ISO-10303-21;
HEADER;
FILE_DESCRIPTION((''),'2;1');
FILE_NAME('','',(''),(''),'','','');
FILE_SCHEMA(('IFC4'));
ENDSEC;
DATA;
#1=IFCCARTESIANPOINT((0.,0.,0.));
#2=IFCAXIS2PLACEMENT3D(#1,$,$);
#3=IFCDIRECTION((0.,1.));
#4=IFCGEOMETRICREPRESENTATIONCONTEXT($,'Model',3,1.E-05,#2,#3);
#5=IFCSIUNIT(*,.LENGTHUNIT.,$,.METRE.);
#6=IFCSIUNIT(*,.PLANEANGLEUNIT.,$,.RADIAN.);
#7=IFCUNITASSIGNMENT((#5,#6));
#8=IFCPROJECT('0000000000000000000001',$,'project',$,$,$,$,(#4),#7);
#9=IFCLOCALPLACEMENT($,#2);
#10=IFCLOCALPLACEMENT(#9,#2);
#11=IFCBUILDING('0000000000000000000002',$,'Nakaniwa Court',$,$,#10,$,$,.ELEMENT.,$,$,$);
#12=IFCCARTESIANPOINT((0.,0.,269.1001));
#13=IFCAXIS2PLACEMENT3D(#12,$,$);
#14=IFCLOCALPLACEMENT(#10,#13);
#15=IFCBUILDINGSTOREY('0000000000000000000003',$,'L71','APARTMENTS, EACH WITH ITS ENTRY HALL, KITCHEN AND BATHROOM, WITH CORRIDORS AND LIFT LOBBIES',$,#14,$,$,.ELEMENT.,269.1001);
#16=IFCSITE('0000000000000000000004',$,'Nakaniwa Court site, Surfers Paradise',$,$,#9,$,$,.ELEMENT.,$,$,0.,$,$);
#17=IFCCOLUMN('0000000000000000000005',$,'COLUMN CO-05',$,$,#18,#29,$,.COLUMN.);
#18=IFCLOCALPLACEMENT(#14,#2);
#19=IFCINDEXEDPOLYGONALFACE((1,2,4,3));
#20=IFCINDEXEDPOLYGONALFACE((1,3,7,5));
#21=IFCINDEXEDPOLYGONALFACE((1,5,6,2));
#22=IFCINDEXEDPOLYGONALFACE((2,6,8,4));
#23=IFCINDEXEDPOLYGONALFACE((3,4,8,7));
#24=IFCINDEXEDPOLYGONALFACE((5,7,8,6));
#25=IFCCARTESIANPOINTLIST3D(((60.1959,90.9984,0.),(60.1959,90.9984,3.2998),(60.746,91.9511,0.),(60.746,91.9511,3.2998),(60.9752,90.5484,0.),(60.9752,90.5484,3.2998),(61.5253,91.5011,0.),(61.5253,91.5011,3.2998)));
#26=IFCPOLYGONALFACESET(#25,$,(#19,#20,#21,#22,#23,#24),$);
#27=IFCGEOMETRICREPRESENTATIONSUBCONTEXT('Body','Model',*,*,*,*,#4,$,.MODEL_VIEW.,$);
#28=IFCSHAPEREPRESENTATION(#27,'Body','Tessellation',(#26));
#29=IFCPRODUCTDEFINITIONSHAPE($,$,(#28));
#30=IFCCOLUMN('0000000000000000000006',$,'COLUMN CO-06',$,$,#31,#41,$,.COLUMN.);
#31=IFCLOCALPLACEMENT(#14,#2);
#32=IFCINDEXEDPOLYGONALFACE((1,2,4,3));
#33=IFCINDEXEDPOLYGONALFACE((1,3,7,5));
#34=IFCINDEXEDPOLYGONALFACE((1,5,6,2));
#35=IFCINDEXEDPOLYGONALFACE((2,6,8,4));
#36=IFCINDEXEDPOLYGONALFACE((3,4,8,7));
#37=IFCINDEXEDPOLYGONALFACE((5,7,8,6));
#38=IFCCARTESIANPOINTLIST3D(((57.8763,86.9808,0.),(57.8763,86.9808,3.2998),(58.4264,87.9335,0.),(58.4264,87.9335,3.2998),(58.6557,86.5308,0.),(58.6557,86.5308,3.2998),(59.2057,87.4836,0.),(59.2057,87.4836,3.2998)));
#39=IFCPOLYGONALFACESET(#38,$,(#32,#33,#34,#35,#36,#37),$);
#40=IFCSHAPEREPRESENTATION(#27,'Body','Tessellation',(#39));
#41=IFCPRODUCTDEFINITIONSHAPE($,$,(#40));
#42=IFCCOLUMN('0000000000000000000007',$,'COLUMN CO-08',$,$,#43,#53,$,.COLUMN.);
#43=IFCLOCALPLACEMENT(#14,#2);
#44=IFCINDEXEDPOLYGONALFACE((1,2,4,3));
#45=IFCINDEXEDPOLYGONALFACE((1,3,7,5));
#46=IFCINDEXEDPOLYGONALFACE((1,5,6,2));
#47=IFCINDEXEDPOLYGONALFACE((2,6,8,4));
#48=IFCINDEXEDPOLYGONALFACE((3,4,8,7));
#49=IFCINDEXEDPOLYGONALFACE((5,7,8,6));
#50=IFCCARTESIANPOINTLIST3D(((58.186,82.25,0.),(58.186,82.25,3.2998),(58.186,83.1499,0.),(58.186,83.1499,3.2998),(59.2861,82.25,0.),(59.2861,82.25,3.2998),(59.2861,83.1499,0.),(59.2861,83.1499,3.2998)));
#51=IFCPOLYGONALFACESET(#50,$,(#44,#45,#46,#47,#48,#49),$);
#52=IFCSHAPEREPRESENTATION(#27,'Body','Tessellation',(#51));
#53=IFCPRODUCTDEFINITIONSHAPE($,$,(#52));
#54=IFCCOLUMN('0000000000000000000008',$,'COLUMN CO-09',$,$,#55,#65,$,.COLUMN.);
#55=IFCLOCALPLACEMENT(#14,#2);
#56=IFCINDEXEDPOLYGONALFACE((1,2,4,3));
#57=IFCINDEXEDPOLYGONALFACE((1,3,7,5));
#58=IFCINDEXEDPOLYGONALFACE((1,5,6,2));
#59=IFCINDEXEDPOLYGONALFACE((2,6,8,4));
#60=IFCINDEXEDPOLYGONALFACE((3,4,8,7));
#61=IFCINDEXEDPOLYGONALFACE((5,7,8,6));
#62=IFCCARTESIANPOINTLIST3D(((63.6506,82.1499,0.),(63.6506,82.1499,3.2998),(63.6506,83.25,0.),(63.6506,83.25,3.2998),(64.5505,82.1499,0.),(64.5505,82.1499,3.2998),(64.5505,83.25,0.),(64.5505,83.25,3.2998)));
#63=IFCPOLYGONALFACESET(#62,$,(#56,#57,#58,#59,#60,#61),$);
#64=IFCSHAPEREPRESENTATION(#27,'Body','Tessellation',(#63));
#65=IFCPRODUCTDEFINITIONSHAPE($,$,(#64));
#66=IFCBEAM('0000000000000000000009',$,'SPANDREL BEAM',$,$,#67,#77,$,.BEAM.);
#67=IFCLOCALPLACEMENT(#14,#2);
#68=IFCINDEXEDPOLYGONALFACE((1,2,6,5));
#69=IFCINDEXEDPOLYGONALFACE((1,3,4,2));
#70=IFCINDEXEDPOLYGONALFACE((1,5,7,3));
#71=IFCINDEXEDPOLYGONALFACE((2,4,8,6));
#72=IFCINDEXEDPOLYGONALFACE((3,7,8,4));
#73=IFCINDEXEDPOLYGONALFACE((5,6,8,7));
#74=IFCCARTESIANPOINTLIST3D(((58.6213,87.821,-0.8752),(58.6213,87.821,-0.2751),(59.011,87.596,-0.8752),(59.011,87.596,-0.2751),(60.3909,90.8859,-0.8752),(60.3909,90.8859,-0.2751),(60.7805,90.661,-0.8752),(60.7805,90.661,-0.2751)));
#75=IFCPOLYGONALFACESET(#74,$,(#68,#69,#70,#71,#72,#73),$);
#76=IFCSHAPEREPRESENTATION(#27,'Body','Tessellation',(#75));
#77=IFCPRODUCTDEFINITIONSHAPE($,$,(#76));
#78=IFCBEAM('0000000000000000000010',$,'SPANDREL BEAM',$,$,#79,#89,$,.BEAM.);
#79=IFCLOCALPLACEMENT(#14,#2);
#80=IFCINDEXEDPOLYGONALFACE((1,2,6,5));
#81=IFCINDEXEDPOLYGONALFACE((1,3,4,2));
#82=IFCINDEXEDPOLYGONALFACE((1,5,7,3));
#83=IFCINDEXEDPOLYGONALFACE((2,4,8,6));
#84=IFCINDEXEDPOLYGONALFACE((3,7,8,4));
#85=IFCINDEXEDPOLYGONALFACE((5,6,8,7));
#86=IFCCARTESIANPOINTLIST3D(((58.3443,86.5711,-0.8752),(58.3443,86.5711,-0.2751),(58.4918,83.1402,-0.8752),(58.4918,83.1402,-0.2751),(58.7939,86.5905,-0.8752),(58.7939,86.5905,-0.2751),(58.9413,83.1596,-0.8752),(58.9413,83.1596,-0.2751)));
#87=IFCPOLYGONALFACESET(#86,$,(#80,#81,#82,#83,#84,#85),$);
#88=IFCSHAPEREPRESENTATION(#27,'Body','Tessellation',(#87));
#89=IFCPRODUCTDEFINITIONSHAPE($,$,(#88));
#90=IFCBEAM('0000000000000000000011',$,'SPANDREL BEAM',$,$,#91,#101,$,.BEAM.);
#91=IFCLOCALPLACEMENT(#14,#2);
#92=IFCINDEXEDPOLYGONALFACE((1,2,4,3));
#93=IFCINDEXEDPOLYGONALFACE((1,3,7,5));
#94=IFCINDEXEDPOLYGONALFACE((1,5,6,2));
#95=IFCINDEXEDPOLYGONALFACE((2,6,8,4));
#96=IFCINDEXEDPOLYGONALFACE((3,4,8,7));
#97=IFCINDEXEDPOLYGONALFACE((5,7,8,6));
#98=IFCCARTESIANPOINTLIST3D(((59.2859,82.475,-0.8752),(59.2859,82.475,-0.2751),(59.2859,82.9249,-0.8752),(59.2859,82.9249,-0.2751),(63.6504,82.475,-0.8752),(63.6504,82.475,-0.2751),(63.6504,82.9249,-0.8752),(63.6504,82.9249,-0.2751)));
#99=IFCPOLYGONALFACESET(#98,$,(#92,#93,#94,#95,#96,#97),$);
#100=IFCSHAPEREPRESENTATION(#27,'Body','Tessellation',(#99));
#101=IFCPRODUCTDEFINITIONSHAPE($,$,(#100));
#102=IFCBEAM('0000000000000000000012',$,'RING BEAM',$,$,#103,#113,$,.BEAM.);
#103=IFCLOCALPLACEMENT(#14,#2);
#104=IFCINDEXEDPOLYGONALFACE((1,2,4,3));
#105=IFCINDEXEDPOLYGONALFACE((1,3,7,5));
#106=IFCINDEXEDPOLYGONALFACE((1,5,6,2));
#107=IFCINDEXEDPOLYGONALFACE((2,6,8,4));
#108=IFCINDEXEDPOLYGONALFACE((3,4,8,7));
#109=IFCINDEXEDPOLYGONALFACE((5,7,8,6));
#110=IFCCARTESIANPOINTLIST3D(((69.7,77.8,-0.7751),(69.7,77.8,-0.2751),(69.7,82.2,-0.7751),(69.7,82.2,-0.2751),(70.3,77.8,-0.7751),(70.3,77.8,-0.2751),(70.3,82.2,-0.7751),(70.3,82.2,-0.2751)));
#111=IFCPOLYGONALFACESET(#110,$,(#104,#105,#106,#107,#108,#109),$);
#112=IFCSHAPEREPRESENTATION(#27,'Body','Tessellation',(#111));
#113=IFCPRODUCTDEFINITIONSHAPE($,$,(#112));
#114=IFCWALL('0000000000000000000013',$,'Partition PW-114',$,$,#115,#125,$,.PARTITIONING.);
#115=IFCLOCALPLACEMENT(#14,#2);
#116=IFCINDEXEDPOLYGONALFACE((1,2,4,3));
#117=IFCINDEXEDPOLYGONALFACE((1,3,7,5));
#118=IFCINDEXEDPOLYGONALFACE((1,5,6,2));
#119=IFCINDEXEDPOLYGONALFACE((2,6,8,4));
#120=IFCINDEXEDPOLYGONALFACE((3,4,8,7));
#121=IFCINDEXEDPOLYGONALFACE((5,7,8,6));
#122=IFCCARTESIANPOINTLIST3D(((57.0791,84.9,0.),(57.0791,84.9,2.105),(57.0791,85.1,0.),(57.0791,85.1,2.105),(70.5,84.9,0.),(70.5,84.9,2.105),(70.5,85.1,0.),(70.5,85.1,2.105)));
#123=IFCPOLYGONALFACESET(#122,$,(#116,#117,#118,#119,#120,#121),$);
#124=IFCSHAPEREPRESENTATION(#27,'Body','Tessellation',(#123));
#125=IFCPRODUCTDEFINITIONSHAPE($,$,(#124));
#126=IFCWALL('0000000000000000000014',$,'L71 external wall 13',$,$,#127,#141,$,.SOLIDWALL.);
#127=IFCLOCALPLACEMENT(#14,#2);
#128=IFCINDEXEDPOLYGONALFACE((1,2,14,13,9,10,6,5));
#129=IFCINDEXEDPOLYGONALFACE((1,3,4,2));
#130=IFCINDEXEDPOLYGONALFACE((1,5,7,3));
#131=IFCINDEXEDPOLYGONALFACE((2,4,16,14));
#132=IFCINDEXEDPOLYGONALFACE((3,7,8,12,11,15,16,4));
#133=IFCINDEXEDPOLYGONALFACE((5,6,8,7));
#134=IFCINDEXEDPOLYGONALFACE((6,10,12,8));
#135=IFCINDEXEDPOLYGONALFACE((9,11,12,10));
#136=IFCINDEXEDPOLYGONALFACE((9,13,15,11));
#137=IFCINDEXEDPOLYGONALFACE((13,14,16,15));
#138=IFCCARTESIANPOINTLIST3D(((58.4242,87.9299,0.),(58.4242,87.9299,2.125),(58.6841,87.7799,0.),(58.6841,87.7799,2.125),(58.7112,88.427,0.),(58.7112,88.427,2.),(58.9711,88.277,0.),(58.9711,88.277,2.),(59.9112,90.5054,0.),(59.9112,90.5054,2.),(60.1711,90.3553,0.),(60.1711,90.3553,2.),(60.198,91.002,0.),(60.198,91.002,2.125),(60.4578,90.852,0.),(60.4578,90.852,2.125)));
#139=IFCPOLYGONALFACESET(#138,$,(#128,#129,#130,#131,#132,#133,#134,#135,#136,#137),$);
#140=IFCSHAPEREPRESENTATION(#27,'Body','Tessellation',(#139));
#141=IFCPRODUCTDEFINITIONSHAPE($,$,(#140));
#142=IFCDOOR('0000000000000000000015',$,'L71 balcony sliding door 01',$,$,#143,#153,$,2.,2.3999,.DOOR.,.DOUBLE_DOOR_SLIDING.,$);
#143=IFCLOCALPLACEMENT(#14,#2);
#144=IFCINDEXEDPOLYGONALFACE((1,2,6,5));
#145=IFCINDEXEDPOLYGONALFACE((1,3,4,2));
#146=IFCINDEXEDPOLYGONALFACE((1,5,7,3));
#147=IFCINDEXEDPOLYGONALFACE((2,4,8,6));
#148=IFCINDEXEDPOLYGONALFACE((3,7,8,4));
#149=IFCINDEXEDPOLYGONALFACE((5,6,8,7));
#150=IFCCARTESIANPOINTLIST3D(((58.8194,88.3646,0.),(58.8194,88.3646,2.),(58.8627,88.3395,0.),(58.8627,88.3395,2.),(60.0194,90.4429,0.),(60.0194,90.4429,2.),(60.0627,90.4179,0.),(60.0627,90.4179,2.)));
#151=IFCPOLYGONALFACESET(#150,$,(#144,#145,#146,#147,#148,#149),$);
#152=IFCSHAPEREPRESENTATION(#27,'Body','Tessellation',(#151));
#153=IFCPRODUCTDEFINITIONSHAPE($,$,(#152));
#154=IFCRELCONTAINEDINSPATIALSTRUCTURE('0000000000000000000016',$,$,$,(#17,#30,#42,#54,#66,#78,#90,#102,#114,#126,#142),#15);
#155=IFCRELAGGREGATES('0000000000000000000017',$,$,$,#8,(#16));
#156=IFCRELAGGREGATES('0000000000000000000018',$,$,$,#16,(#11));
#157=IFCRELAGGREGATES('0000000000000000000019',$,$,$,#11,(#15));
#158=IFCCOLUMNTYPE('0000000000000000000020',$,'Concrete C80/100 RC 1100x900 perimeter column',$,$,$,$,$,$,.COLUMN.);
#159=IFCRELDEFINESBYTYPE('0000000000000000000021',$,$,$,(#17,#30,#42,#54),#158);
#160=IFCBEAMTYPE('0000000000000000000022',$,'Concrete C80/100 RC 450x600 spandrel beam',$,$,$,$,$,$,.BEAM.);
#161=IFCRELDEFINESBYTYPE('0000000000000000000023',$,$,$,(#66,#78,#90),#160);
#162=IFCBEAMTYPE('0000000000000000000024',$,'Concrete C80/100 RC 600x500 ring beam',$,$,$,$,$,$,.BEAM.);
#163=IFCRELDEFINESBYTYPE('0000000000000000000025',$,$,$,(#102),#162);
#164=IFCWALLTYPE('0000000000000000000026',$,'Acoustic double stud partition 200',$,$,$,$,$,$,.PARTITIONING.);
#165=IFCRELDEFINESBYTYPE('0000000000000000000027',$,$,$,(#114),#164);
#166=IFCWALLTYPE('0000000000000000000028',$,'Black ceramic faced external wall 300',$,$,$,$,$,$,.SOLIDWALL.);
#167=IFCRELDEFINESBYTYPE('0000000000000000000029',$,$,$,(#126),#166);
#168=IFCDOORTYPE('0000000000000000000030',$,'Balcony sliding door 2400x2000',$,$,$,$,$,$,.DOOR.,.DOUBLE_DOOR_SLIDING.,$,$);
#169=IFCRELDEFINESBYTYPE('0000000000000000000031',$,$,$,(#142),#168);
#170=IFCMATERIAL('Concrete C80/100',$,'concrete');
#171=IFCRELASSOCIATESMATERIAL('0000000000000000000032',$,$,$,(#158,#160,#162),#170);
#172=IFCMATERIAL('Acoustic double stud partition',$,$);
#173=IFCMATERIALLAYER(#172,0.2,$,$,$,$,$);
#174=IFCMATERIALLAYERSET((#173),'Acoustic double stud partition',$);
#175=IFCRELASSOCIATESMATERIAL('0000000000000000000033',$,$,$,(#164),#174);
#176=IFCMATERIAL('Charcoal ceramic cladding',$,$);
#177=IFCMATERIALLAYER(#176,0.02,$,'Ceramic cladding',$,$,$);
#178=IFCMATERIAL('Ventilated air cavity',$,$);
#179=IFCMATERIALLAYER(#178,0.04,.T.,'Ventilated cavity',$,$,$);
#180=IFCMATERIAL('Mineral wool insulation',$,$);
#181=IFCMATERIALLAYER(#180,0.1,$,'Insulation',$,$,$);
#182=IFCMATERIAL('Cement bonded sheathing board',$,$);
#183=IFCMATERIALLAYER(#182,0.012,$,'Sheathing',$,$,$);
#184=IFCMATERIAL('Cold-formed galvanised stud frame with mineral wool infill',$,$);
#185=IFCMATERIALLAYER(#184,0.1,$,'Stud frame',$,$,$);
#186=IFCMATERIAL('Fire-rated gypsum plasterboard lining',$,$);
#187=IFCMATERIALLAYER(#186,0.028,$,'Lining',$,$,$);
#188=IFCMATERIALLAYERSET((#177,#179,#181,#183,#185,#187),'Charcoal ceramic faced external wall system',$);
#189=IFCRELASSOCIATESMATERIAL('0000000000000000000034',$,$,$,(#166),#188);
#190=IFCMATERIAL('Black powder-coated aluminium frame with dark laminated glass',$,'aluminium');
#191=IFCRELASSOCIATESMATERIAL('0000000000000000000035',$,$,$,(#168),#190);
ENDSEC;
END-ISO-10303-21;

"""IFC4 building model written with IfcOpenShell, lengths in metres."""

from ifc_helpers import new_model, si_unit, direction, frame, frame_2d, origin, origin_2d, place, context, subcontext, project, spatial, rectangle, extrude, material, layer, layer_set, material_profile, profile_set, type_object, element, fill, save


model = new_model("IFC4")

# Units and contexts
model_context = context("Model", 3, precision=1e-05, world=origin(), true_north=direction((0.0, 1.0)))
body_context = subcontext(model_context, "Body", "Model", "MODEL_VIEW")
ifc_project = project(units=[si_unit("LENGTHUNIT", "METRE"), si_unit("PLANEANGLEUNIT", "RADIAN")], contexts=[model_context])

# Site, building, storey
site_placement = place(None, origin())
site = spatial("IfcSite", under=ifc_project, at=site_placement, Name="Nakaniwa Court site, Surfers Paradise", CompositionType="ELEMENT", RefElevation=0.0)
building_placement = place(site_placement, origin())
building = spatial("IfcBuilding", under=site, at=building_placement, Name="Nakaniwa Court", CompositionType="ELEMENT")
storey_placement = place(building_placement, frame((0.0, 0.0, 269.1001)))
storey = spatial("IfcBuildingStorey", under=building, at=storey_placement, Name="L71", Description="APARTMENTS, EACH WITH ITS ENTRY HALL, KITCHEN AND BATHROOM, WITH CORRIDORS AND LIFT LOBBIES", CompositionType="ELEMENT", Elevation=269.1001)

# Columns
ifc_material_1 = material(Name="Concrete C80/100", Category="concrete")
ifc_material_profile_1 = material_profile(ifc_material_1, rectangle(XDim=1.1001, YDim=0.8999, at=origin_2d()), Name="Concrete C80/100 RC 1100x900 perimeter column")
ifc_profile_set_1 = profile_set([ifc_material_profile_1], Name="Concrete C80/100")
column_type = type_object("IfcColumnType", Name="Concrete C80/100 RC 1100x900 perimeter column", PredefinedType="COLUMN", material=ifc_profile_set_1)
for number, where, z_axis, x_axis, name in (
    (1, (60.8606, 91.2498, 0.0), (0.0, 0.0, 1.0), (-0.5, -0.866025, 0.0), "COLUMN CO-05"),
    (2, (58.541, 87.2322, 0.0), (0.0, 0.0, 1.0), (-0.5, -0.866025, 0.0), "COLUMN CO-06"),
    (3, (58.7361, 82.7, 0.0), (0.0, 0.0, 1.0), (1.0, 0.0, 0.0), "COLUMN CO-08"),
    (4, (64.1006, 82.7, 0.0), (0.0, 0.0, 1.0), (0.0, -1.0, 0.0), "COLUMN CO-09"),
):
    element("IfcColumn", number, at=place(storey_placement, frame(where, z_axis=z_axis, x_axis=x_axis)), inside=storey, type_object=column_type, Name=name, PredefinedType="COLUMN", context=body_context, shape_type="SweptSolid", body=[
        extrude(rectangle(XDim=1.1001, YDim=0.8999, at=origin_2d()), origin(), (0.0, 0.0, 1.0), 3.2998),
    ])

# Beams
ifc_material_profile_2 = material_profile(ifc_material_1, rectangle(XDim=0.45, YDim=0.6001, at=origin_2d()), Name="Concrete C80/100 RC 450x600 spandrel beam")
ifc_profile_set_2 = profile_set([ifc_material_profile_2], Name="Concrete C80/100")
beam_type_1 = type_object("IfcBeamType", Name="Concrete C80/100 RC 450x600 spandrel beam", PredefinedType="BEAM", material=ifc_profile_set_2)
beam_1_placement = place(storey_placement, frame((60.5857, 90.7734, -0.5752), z_axis=(-0.499997, -0.866027, 0.0), x_axis=(0.866027, -0.499997, 0.0)))
element("IfcBeam", 5, at=beam_1_placement, inside=storey, type_object=beam_type_1, Name="SPANDREL BEAM", PredefinedType="BEAM", context=body_context, shape_type="SweptSolid", body=[
    extrude(rectangle(XDim=0.45, YDim=0.6001, at=origin_2d()), origin(), (0.0, 0.0, 1.0), 3.5391),
])
beam_2_placement = place(storey_placement, frame((58.5691, 86.5808, -0.5752), z_axis=(0.042941, -0.999078, 0.0), x_axis=(0.999078, 0.042941, 0.0)))
element("IfcBeam", 6, at=beam_2_placement, inside=storey, type_object=beam_type_1, Name="SPANDREL BEAM", PredefinedType="BEAM", context=body_context, shape_type="SweptSolid", body=[
    extrude(rectangle(XDim=0.45, YDim=0.6001, at=origin_2d()), origin(), (0.0, 0.0, 1.0), 3.4341),
])
beam_3_placement = place(storey_placement, frame((59.2859, 82.7, -0.5752), z_axis=(1.0, 0.0, 0.0), x_axis=(0.0, 1.0, 0.0)))
element("IfcBeam", 7, at=beam_3_placement, inside=storey, type_object=beam_type_1, Name="SPANDREL BEAM", PredefinedType="BEAM", context=body_context, shape_type="SweptSolid", body=[
    extrude(rectangle(XDim=0.45, YDim=0.6001, at=origin_2d()), origin(), (0.0, 0.0, 1.0), 4.3645),
])
ifc_material_profile_3 = material_profile(ifc_material_1, rectangle(XDim=0.6001, YDim=0.5, at=origin_2d()), Name="Concrete C80/100 RC 600x500 ring beam")
ifc_profile_set_3 = profile_set([ifc_material_profile_3], Name="Concrete C80/100")
beam_type_2 = type_object("IfcBeamType", Name="Concrete C80/100 RC 600x500 ring beam", PredefinedType="BEAM", material=ifc_profile_set_3)
beam_4_placement = place(storey_placement, frame((70.0, 82.2, -0.5251), z_axis=(0.0, -1.0, 0.0), x_axis=(1.0, 0.0, 0.0)))
element("IfcBeam", 8, at=beam_4_placement, inside=storey, type_object=beam_type_2, Name="RING BEAM", PredefinedType="BEAM", context=body_context, shape_type="SweptSolid", body=[
    extrude(rectangle(XDim=0.6001, YDim=0.5, at=origin_2d()), origin(), (0.0, 0.0, 1.0), 4.3999),
])

# Wall
ifc_material_2 = material(Name="Acoustic double stud partition")
ifc_layer_1 = layer(ifc_material_2, 0.2)
ifc_layer_set_1 = layer_set([ifc_layer_1], Name="Acoustic double stud partition")
wall_type_1 = type_object("IfcWallType", Name="Acoustic double stud partition 200", PredefinedType="PARTITIONING", material=ifc_layer_set_1)
wall_1_placement = place(storey_placement, frame((57.0791, 85.0, 0.0), z_axis=(0.0, 0.0, 1.0), x_axis=(1.0, 0.0, 0.0)))
element("IfcWall", 9, at=wall_1_placement, inside=storey, type_object=wall_type_1, Name="Partition PW-114", PredefinedType="PARTITIONING", context=body_context, shape_type="SweptSolid", body=[
    extrude(rectangle(XDim=13.4209, YDim=0.2, at=frame_2d((6.7104, 0.0))), origin(), (0.0, 0.0, 1.0), 2.105),
])

# Wall, opening, door
ifc_material_3 = material(Name="Charcoal ceramic cladding")
ifc_layer_2 = layer(ifc_material_3, 0.02, Name="Ceramic cladding")
ifc_material_4 = material(Name="Ventilated air cavity")
ifc_layer_3 = layer(ifc_material_4, 0.04, ventilated=True, Name="Ventilated cavity")
ifc_material_5 = material(Name="Mineral wool insulation")
ifc_layer_4 = layer(ifc_material_5, 0.1, Name="Insulation")
ifc_material_6 = material(Name="Cement bonded sheathing board")
ifc_layer_5 = layer(ifc_material_6, 0.012, Name="Sheathing")
ifc_material_7 = material(Name="Cold-formed galvanised stud frame with mineral wool infill")
ifc_layer_6 = layer(ifc_material_7, 0.1, Name="Stud frame")
ifc_material_8 = material(Name="Fire-rated gypsum plasterboard lining")
ifc_layer_7 = layer(ifc_material_8, 0.028, Name="Lining")
ifc_layer_set_2 = layer_set([ifc_layer_2, ifc_layer_3, ifc_layer_4, ifc_layer_5, ifc_layer_6, ifc_layer_7], Name="Charcoal ceramic faced external wall system")
wall_type_2 = type_object("IfcWallType", Name="Black ceramic faced external wall 300", PredefinedType="SOLIDWALL", material=ifc_layer_set_2)
wall_2_placement = place(storey_placement, frame((60.3279, 90.927, 0.0), z_axis=(0.0, 0.0, 1.0), x_axis=(-0.50001, -0.866019, 0.0)))
wall_2 = element("IfcWall", 10, at=wall_2_placement, inside=storey, type_object=wall_type_2, Name="L71 external wall 13", PredefinedType="SOLIDWALL", context=body_context, shape_type="SweptSolid", body=[
    extrude(rectangle(XDim=3.5474, YDim=0.3, at=frame_2d((1.7737, 0.0))), origin(), (0.0, 0.0, 1.0), 2.125),
])
opening_1_placement = place(wall_2_placement, frame((0.5735, 0.0, 0.0)))
opening_1 = element("IfcOpeningElement", 11, at=opening_1_placement, cuts=wall_2, PredefinedType="OPENING", context=body_context, shape_type="SweptSolid", body=[
    extrude(rectangle(XDim=2.3999, YDim=2.0, at=frame_2d((1.2, 1.0))), frame((0.0, 0.1599, 0.0), z_axis=(0.0, -1.0, 0.0), x_axis=(1.0, 0.0, 0.0)), (0.0, 0.0, 1.0), 0.3201),
])
ifc_material_9 = material(Name="Black powder-coated aluminium frame with dark laminated glass", Category="aluminium")
door_type_1 = type_object("IfcDoorType", Name="Balcony sliding door 2400x2000", OperationType="DOUBLE_DOOR_SLIDING", PredefinedType="DOOR", material=ifc_material_9)
door_1_placement = place(opening_1_placement, origin())
door_1 = element("IfcDoor", 12, at=door_1_placement, inside=storey, type_object=door_type_1, Name="L71 balcony sliding door 01", OperationType="DOUBLE_DOOR_SLIDING", OverallHeight=2.0, OverallWidth=2.3999, PredefinedType="DOOR", context=body_context, shape_type="SweptSolid", body=[
    extrude(rectangle(XDim=2.3999, YDim=2.0, at=frame_2d((1.2, 1.0))), frame((0.0, 0.0249, 0.0), z_axis=(0.0, -1.0, 0.0), x_axis=(1.0, 0.0, 0.0)), (0.0, 0.0, 1.0), 0.05),
])
fill(opening_1, door_1)

save(model, "model.ifc")
